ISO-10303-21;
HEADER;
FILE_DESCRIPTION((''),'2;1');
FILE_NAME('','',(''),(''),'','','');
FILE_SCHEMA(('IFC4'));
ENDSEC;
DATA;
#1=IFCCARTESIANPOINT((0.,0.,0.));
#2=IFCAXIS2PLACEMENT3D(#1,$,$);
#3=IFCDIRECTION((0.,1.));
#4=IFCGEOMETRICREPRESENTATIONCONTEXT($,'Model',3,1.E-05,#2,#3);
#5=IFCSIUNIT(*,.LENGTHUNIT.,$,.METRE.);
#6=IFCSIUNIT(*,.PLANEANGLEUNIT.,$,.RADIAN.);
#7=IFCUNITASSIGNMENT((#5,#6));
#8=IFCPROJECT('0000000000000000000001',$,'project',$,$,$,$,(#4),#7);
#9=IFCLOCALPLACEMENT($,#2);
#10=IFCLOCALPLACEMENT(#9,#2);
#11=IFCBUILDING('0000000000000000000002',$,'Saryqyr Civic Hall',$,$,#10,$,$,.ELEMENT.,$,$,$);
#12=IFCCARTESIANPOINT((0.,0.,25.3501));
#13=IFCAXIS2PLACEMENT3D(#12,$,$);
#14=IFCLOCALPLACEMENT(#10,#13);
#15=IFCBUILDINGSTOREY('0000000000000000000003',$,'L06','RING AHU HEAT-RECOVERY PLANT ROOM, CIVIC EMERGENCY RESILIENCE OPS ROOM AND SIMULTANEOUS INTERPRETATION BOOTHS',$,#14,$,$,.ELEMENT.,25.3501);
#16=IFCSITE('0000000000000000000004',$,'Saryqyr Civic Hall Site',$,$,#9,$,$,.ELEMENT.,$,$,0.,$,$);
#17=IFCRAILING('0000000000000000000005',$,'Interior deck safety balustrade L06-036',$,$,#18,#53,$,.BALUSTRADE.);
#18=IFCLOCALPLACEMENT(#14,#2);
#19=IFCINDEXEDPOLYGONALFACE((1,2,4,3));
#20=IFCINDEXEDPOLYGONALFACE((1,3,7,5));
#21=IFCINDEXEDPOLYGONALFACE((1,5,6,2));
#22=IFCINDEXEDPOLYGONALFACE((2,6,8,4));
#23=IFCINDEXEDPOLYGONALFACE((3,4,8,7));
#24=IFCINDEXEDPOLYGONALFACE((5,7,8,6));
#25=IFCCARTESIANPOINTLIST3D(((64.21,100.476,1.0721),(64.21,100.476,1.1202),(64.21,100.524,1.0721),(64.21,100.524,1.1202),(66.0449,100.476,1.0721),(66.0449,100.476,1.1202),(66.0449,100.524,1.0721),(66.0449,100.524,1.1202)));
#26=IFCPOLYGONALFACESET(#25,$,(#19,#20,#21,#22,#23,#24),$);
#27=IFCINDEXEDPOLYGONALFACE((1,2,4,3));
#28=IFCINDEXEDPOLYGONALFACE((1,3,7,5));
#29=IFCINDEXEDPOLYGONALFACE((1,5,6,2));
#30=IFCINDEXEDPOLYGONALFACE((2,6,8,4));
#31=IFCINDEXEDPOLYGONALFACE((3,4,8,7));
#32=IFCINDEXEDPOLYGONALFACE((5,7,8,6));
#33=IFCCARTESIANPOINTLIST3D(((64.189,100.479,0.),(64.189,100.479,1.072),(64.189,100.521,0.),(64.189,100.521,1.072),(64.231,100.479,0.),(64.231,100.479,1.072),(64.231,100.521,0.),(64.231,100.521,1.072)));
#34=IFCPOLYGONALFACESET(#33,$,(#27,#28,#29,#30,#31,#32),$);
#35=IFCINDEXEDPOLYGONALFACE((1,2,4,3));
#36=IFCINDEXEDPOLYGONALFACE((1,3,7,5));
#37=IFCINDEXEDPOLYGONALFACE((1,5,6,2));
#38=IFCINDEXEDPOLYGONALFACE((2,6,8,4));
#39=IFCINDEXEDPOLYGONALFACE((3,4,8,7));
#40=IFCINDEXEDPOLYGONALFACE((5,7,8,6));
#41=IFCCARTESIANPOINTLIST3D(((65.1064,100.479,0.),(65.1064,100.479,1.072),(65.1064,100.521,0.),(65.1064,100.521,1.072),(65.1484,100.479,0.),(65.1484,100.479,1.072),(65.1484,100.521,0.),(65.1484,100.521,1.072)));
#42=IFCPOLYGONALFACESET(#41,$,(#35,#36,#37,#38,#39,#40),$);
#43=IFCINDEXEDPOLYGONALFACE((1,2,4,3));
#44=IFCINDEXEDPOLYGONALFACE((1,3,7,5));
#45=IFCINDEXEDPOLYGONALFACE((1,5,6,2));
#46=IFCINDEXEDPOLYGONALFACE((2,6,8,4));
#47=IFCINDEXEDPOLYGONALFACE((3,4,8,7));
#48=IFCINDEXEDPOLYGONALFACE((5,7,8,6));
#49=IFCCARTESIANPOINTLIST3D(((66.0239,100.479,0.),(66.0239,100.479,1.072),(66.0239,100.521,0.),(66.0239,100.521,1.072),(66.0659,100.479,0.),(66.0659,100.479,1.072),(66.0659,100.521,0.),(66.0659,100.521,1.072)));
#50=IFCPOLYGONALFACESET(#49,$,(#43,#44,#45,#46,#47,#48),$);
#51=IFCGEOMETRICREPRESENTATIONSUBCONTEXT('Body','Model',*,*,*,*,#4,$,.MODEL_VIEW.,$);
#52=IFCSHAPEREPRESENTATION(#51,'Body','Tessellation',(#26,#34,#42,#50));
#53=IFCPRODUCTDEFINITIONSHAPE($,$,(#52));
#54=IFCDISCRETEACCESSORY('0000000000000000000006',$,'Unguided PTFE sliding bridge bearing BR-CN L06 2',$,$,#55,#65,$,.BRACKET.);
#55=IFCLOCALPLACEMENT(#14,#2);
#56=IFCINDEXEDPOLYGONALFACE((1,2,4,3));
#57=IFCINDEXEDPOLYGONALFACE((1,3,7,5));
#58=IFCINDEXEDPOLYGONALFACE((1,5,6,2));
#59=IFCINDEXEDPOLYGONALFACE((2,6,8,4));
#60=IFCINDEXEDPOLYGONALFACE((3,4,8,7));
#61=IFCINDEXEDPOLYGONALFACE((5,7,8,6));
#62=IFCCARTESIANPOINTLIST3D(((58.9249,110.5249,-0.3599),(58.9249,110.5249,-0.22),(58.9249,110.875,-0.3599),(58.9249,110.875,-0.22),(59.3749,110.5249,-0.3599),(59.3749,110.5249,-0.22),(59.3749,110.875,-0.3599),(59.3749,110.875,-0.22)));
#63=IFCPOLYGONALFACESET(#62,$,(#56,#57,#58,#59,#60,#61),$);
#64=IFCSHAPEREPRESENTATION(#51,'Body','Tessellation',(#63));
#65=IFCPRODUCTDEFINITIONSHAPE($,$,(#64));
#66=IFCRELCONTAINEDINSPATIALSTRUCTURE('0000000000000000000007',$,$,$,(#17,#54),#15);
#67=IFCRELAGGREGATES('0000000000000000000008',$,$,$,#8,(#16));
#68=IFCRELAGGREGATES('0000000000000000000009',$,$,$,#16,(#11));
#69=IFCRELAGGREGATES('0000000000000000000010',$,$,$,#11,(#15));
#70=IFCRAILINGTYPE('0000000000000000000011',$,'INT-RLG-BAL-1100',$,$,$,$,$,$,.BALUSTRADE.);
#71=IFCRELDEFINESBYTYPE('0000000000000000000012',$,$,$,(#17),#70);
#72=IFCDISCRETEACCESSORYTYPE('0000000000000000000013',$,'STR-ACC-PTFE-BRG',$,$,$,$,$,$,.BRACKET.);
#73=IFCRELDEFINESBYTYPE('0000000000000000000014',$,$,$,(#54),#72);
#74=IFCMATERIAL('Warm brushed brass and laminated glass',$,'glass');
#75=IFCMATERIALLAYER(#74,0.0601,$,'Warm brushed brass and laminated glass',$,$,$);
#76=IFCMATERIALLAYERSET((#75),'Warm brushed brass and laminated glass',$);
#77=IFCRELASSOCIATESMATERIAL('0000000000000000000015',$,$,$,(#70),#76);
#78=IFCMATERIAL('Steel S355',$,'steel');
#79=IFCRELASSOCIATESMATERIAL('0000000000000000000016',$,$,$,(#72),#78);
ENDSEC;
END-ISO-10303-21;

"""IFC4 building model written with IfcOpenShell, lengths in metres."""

from ifc_helpers import new_model, si_unit, direction, frame, origin, origin_2d, place, context, subcontext, project, spatial, rectangle, extrude, material, layer, layer_set, type_object, element, save


model = new_model("IFC4")

# Units and contexts
model_context = context("Model", 3, precision=1e-05, world=origin(), true_north=direction((0.0, 1.0)))
body_context = subcontext(model_context, "Body", "Model", "MODEL_VIEW")
ifc_project = project(units=[si_unit("LENGTHUNIT", "METRE"), si_unit("PLANEANGLEUNIT", "RADIAN")], contexts=[model_context])

# Site, building, storey
site_placement = place(None, origin())
site = spatial("IfcSite", under=ifc_project, at=site_placement, Name="Saryqyr Civic Hall Site", CompositionType="ELEMENT", RefElevation=0.0)
building_placement = place(site_placement, origin())
building = spatial("IfcBuilding", under=site, at=building_placement, Name="Saryqyr Civic Hall", CompositionType="ELEMENT")
storey_placement = place(building_placement, frame((0.0, 0.0, 25.3501)))
storey = spatial("IfcBuildingStorey", under=building, at=storey_placement, Name="L06", Description="RING AHU HEAT-RECOVERY PLANT ROOM, CIVIC EMERGENCY RESILIENCE OPS ROOM AND SIMULTANEOUS INTERPRETATION BOOTHS", CompositionType="ELEMENT", Elevation=25.3501)

# Shared definitions
ifc_material_1 = material(Name="Steel S355", Category="steel")

# Railing
ifc_material_2 = material(Name="Warm brushed brass and laminated glass", Category="glass")
ifc_layer_1 = layer(ifc_material_2, 0.0601, Name="Warm brushed brass and laminated glass")
ifc_layer_set_1 = layer_set([ifc_layer_1], Name="Warm brushed brass and laminated glass")
railing_type = type_object("IfcRailingType", Name="INT-RLG-BAL-1100", PredefinedType="BALUSTRADE", material=ifc_layer_set_1)
railing_placement = place(storey_placement, frame((64.21, 100.5, 0.0)))
element("IfcRailing", 1, at=railing_placement, inside=storey, type_object=railing_type, Name="Interior deck safety balustrade L06-036", PredefinedType="BALUSTRADE", context=body_context, shape_type="SweptSolid", body=[
    extrude(rectangle(XDim=0.0481, YDim=0.0481, at=origin_2d()), frame((0.0, 0.0, 1.0962), z_axis=(1.0, 0.0, 0.0), x_axis=(0.0, 1.0, 0.0)), (0.0, 0.0, 1.0), 1.835),
    extrude(rectangle(XDim=0.042, YDim=0.042, at=origin_2d()), origin(), (0.0, 0.0, 1.0), 1.072),
    extrude(rectangle(XDim=0.042, YDim=0.042, at=origin_2d()), frame((0.9175, 0.0, 0.0)), (0.0, 0.0, 1.0), 1.072),
    extrude(rectangle(XDim=0.042, YDim=0.042, at=origin_2d()), frame((1.835, 0.0, 0.0)), (0.0, 0.0, 1.0), 1.072),
])

# Discrete accessory
discrete_accessory_type = type_object("IfcDiscreteAccessoryType", Name="STR-ACC-PTFE-BRG", PredefinedType="BRACKET", material=ifc_material_1)
discrete_accessory_placement = place(storey_placement, frame((59.1499, 110.7, -0.3599), z_axis=(0.0, 0.0, 1.0), x_axis=(1.0, 0.0, 0.0)))
element("IfcDiscreteAccessory", 2, at=discrete_accessory_placement, inside=storey, type_object=discrete_accessory_type, Name="Unguided PTFE sliding bridge bearing BR-CN L06 2", PredefinedType="BRACKET", context=body_context, shape_type="SweptSolid", body=[
    extrude(rectangle(XDim=0.45, YDim=0.3501, at=origin_2d()), origin(), (0.0, 0.0, 1.0), 0.1399),
])

save(model, "model.ifc")
